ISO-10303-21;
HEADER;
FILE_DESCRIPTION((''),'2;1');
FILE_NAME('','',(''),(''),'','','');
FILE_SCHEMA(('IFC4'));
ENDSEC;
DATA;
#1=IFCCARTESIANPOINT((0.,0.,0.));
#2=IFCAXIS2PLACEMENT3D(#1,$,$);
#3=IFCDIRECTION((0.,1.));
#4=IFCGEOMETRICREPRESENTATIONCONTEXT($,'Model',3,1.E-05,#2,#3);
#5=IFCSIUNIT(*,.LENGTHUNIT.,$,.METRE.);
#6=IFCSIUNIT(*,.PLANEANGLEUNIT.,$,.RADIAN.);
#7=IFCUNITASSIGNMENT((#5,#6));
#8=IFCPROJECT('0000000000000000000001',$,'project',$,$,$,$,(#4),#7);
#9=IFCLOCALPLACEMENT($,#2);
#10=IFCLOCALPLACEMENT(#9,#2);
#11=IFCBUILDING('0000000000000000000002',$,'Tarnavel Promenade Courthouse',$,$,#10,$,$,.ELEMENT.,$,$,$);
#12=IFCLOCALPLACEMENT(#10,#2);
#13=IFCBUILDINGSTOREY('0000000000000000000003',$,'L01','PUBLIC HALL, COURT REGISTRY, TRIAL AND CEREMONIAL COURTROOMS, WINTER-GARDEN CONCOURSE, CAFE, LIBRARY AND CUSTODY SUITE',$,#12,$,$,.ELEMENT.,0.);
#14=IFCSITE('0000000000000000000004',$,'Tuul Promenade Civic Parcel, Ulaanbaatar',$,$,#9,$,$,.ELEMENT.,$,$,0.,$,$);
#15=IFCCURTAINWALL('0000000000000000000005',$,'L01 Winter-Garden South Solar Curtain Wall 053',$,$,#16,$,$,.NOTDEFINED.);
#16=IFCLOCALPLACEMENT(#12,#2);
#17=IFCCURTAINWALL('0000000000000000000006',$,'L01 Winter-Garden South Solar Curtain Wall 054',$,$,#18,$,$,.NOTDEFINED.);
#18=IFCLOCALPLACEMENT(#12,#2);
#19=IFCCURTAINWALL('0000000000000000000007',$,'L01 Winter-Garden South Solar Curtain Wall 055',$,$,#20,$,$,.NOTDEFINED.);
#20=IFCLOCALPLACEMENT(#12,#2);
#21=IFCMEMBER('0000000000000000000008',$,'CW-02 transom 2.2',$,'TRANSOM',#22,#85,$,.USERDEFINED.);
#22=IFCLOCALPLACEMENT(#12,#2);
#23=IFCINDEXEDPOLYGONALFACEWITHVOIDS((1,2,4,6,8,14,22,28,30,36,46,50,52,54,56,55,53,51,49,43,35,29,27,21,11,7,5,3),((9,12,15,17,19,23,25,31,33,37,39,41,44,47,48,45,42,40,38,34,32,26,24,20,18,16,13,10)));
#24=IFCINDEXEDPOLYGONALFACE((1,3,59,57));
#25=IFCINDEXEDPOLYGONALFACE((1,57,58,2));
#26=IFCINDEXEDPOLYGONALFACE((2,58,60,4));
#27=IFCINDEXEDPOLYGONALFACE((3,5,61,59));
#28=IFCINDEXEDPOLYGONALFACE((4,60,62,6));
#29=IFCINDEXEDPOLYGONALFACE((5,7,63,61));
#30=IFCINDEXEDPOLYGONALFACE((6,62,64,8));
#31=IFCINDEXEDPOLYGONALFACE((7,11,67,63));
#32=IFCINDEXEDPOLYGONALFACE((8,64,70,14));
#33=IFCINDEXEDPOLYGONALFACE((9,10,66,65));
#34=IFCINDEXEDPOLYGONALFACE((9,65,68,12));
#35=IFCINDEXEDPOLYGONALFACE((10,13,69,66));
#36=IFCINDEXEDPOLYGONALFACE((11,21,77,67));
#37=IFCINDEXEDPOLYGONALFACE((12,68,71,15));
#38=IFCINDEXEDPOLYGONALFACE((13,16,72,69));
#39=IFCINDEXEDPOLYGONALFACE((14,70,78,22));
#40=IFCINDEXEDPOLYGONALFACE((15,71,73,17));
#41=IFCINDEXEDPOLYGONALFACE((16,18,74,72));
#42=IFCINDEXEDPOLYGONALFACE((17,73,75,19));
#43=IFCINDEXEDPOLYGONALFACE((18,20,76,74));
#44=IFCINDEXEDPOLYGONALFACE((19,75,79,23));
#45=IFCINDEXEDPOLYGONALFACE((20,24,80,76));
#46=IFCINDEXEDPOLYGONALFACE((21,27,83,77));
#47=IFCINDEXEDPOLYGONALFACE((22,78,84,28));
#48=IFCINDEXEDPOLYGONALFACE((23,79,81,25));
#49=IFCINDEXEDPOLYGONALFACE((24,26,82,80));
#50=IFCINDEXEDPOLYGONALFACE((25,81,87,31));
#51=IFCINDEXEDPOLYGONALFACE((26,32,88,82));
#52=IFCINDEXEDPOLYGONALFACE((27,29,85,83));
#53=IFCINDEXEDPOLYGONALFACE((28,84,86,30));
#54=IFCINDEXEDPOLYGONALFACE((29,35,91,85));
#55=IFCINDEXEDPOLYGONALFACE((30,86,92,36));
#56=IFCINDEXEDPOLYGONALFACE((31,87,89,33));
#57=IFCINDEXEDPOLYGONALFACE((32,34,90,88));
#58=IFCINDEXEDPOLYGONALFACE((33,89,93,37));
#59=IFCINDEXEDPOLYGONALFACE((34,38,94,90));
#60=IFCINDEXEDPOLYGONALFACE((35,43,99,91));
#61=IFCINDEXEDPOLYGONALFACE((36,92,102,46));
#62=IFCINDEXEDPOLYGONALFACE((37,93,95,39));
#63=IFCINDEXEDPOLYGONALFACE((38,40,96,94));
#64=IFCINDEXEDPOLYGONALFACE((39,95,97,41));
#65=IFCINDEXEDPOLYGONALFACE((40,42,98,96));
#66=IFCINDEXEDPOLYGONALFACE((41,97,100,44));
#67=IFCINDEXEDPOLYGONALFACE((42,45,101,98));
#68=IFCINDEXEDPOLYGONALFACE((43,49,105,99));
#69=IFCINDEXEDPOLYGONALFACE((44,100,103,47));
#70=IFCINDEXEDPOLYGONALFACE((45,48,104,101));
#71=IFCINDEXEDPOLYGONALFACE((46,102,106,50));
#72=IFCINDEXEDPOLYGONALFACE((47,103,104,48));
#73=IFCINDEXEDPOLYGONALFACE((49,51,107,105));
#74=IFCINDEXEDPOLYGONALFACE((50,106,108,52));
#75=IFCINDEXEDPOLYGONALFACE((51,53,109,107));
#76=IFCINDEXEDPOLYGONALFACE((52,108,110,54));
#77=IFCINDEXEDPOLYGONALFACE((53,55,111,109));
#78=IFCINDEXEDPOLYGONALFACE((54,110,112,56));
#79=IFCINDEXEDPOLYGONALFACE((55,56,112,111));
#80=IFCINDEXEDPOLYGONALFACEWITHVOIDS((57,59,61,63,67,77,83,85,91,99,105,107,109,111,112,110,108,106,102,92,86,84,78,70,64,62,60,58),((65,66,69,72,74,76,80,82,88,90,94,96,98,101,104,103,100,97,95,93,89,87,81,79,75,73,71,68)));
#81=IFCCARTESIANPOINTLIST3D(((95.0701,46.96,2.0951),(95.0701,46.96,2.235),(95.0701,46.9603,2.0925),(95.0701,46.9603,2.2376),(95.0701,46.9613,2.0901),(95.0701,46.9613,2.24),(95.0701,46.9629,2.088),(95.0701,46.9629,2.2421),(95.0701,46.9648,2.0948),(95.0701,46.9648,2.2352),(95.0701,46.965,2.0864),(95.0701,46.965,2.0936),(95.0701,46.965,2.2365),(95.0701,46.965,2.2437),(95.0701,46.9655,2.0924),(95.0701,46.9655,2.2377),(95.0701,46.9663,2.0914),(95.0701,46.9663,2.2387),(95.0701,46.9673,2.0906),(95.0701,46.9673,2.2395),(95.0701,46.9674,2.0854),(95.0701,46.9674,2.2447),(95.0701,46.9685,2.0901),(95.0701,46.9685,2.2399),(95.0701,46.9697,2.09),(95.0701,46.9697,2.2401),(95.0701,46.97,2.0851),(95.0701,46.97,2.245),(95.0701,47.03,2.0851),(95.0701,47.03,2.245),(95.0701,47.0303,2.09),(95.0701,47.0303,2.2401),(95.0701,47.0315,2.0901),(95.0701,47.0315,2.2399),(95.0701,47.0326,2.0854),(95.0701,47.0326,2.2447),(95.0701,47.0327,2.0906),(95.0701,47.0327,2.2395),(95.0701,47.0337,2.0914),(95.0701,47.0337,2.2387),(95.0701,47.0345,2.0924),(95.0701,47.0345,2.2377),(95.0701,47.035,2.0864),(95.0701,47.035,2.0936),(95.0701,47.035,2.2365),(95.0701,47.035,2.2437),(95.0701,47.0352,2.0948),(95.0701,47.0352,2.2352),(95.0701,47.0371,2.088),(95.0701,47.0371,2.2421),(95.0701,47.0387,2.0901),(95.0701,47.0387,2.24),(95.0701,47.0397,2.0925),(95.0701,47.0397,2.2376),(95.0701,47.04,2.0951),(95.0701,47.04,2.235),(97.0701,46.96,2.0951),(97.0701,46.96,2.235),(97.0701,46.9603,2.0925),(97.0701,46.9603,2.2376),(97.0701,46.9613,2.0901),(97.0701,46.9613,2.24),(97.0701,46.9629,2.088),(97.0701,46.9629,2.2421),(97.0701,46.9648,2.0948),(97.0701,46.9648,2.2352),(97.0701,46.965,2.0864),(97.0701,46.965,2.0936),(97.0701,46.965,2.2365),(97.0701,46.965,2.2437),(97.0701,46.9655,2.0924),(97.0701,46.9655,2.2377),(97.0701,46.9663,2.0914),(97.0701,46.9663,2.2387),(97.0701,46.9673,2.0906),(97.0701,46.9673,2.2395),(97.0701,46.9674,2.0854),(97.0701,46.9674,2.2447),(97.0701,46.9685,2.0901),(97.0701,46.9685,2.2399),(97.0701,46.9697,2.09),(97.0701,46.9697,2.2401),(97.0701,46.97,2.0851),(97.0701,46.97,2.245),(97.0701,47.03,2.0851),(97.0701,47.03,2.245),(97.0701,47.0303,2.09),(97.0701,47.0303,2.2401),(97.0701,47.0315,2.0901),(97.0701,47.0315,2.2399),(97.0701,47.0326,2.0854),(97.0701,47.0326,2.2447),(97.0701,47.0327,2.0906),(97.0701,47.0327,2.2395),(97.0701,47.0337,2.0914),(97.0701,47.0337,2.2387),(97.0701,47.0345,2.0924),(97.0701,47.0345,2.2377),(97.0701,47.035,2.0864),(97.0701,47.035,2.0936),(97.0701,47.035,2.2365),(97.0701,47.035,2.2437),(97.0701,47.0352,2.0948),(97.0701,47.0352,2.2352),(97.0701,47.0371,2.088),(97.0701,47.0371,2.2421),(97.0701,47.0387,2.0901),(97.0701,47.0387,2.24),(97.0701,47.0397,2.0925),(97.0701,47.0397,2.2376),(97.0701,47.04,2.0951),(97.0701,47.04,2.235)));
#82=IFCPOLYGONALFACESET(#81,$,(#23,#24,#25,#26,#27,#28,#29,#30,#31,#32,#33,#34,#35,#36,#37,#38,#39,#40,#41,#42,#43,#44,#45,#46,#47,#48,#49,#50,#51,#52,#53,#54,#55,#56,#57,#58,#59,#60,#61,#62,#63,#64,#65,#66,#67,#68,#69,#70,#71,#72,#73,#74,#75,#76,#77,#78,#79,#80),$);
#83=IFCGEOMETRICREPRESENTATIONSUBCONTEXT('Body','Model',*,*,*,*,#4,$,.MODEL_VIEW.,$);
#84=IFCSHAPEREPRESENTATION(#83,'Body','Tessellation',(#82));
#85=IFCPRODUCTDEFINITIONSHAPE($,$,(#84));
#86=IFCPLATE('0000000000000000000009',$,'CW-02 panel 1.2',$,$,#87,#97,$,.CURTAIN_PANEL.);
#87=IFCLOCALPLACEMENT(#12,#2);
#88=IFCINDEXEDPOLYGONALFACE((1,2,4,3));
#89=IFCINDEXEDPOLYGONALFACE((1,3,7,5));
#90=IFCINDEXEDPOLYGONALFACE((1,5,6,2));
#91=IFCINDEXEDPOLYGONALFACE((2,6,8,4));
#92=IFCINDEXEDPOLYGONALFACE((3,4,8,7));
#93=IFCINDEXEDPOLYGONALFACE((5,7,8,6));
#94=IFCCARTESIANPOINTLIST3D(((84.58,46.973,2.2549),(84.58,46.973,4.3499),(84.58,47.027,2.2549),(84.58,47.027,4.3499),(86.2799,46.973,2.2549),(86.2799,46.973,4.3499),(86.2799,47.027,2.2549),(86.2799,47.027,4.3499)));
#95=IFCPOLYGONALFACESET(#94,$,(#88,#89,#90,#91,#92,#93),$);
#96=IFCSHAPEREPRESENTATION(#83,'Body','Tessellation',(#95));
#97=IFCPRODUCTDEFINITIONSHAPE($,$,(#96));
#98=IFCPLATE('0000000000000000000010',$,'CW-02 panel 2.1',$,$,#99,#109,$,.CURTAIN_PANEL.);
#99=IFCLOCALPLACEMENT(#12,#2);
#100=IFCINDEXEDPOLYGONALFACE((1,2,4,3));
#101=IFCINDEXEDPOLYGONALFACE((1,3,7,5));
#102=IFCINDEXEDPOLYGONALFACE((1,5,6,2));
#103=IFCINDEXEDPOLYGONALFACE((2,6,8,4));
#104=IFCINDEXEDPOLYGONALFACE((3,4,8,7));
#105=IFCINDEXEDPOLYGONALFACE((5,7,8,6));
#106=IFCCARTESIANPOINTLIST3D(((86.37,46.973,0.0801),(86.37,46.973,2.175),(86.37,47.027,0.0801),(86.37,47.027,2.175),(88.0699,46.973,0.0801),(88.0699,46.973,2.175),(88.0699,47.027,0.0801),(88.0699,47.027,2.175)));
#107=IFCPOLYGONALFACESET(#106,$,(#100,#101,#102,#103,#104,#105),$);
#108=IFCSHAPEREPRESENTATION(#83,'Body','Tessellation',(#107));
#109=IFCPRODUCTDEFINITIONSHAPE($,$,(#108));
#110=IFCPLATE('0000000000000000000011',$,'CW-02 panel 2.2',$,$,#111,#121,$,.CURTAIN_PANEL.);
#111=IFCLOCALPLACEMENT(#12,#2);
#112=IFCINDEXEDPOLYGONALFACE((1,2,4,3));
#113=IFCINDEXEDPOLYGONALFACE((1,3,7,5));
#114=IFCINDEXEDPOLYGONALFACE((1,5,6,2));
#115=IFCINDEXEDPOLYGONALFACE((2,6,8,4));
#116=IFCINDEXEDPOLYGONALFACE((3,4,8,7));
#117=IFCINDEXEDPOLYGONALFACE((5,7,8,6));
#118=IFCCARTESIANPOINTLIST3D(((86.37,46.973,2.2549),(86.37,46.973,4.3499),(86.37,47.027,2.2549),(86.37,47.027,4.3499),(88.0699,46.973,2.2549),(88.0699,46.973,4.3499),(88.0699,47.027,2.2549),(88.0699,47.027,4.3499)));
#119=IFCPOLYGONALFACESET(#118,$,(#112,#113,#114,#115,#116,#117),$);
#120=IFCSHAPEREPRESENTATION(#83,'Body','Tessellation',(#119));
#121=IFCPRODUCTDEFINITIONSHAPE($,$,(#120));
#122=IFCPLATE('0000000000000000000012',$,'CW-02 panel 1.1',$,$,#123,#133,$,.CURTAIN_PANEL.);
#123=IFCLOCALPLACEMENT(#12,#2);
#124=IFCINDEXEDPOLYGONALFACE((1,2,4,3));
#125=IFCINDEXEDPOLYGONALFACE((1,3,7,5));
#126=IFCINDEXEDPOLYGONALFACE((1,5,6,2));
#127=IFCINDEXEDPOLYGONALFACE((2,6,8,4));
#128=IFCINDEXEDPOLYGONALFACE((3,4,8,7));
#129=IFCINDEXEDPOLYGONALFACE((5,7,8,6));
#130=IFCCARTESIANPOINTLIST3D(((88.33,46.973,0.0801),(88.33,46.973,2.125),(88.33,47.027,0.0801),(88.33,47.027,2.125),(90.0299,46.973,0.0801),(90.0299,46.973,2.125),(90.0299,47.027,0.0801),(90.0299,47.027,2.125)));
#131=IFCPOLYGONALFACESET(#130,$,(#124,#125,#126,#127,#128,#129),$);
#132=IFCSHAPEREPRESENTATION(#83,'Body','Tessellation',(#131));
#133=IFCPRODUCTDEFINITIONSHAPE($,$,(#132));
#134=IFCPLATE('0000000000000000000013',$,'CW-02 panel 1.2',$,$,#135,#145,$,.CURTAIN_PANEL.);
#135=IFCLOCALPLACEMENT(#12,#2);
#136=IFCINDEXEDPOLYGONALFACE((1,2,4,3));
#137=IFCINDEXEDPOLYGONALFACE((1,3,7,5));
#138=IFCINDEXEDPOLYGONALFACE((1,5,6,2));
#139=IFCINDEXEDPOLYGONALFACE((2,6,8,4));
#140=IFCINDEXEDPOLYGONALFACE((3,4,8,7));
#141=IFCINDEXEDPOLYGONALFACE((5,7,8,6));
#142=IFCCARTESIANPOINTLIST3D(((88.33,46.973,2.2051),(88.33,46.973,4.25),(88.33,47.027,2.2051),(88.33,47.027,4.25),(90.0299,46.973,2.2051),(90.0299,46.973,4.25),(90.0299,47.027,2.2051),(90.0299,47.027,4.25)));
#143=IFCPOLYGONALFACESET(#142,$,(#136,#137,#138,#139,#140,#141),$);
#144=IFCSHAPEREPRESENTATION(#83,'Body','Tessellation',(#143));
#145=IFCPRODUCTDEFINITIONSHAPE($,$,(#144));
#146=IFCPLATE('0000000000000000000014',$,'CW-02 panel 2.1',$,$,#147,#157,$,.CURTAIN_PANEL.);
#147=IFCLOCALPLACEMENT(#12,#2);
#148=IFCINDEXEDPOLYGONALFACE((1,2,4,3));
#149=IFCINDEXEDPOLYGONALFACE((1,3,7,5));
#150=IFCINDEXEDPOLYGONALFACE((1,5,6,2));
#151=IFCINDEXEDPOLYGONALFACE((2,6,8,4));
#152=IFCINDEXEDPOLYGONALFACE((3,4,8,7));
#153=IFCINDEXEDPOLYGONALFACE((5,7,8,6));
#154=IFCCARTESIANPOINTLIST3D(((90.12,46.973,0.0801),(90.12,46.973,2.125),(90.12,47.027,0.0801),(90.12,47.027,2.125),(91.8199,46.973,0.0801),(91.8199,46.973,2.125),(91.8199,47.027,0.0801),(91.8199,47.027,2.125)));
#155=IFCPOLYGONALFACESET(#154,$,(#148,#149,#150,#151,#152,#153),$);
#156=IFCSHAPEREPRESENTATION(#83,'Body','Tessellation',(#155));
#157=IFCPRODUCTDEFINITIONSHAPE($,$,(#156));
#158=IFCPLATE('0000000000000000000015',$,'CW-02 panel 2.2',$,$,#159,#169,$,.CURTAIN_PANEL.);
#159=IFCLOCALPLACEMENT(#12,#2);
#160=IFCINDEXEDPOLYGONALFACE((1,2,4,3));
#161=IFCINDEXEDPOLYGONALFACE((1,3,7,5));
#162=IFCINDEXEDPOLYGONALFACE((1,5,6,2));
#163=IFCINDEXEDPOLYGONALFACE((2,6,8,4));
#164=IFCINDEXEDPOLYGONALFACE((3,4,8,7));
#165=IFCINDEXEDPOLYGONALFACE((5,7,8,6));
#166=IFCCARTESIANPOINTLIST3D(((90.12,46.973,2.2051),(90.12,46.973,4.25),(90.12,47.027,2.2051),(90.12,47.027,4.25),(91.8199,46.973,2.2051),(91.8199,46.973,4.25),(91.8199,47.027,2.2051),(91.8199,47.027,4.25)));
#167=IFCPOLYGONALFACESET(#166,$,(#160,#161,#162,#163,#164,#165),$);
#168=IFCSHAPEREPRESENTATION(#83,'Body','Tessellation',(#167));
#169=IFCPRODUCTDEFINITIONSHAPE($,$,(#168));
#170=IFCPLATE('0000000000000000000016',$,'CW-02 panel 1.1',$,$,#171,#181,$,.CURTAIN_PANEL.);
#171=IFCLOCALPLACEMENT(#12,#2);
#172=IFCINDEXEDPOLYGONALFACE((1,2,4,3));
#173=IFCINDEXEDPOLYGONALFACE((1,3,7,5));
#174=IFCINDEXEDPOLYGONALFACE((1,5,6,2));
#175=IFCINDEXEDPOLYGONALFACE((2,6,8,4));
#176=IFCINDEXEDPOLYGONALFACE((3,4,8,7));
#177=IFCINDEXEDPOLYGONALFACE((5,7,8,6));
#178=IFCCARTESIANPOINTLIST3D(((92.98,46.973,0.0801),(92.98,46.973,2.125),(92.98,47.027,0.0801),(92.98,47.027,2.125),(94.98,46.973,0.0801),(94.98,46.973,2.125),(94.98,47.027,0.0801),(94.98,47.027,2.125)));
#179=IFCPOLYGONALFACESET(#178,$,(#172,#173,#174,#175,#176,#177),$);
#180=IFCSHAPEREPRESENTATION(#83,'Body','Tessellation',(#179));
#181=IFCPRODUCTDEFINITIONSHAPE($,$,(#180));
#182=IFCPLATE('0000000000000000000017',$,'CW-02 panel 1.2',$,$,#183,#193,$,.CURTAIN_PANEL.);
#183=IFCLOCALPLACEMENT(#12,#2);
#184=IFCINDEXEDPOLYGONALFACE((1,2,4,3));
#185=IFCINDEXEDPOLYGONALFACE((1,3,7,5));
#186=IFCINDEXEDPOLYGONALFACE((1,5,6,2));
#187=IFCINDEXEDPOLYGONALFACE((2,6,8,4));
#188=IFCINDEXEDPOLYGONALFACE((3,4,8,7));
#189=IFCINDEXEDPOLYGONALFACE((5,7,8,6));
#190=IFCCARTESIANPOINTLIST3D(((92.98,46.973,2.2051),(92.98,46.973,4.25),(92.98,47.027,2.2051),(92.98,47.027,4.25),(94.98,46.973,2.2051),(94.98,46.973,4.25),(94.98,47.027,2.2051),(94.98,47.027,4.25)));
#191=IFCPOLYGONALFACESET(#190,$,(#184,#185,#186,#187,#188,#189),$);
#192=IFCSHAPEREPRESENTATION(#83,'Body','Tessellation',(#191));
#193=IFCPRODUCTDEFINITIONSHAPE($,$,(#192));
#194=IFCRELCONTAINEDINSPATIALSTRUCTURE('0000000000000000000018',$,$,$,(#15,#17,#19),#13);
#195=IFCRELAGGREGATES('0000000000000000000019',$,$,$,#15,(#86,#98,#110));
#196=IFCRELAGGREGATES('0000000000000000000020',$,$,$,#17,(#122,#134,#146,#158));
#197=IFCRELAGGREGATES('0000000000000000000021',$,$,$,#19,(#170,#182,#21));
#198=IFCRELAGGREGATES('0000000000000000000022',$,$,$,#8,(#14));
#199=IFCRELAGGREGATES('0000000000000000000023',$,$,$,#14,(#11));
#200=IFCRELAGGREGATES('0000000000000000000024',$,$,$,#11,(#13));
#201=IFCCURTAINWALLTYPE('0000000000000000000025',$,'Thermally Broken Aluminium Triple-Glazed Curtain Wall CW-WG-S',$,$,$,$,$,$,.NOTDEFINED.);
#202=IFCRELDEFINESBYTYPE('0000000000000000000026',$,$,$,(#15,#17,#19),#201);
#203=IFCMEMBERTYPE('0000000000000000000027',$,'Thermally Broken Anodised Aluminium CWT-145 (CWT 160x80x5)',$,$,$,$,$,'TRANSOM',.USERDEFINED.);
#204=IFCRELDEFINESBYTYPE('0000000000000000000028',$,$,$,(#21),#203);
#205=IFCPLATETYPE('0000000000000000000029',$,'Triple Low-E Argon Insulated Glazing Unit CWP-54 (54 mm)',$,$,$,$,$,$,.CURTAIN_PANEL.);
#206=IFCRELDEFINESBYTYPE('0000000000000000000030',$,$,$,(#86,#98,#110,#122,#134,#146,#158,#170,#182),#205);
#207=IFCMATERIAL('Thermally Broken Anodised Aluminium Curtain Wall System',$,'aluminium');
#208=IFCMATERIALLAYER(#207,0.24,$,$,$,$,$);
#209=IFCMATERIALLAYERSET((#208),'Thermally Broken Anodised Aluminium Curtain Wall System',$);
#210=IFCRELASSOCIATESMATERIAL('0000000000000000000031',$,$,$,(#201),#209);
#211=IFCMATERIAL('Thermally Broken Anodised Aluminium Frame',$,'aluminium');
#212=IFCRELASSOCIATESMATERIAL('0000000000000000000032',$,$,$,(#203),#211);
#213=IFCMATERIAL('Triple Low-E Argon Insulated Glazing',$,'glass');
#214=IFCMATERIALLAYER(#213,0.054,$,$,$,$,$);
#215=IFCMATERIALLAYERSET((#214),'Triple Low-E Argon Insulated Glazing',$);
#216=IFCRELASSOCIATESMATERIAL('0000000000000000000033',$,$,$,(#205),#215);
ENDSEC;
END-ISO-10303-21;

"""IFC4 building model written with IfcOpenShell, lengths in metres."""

from ifc_helpers import new_model, si_unit, direction, frame, origin, origin_2d, place, context, subcontext, project, spatial, rectangle, hollow_rectangle, extrude, material, layer, layer_set, material_profile, profile_set, type_object, element, aggregate, save


model = new_model("IFC4")

# Units and contexts
model_context = context("Model", 3, precision=1e-05, world=origin(), true_north=direction((0.0, 1.0)))
body_context = subcontext(model_context, "Body", "Model", "MODEL_VIEW")
ifc_project = project(units=[si_unit("LENGTHUNIT", "METRE"), si_unit("PLANEANGLEUNIT", "RADIAN")], contexts=[model_context])

# Site, building, storey
site_placement = place(None, origin())
site = spatial("IfcSite", under=ifc_project, at=site_placement, Name="Tuul Promenade Civic Parcel, Ulaanbaatar", CompositionType="ELEMENT", RefElevation=0.0)
building_placement = place(site_placement, origin())
building = spatial("IfcBuilding", under=site, at=building_placement, Name="Tarnavel Promenade Courthouse", CompositionType="ELEMENT")
storey_placement = place(building_placement, origin())
storey = spatial("IfcBuildingStorey", under=building, at=storey_placement, Name="L01", Description="PUBLIC HALL, COURT REGISTRY, TRIAL AND CEREMONIAL COURTROOMS, WINTER-GARDEN CONCOURSE, CAFE, LIBRARY AND CUSTODY SUITE", CompositionType="ELEMENT", Elevation=0.0)

# Curtain walls
ifc_material_1 = material(Name="Thermally Broken Anodised Aluminium Curtain Wall System", Category="aluminium")
ifc_layer_1 = layer(ifc_material_1, 0.24)
ifc_layer_set_1 = layer_set([ifc_layer_1], Name="Thermally Broken Anodised Aluminium Curtain Wall System")
curtain_wall_type = type_object("IfcCurtainWallType", Name="Thermally Broken Aluminium Triple-Glazed Curtain Wall CW-WG-S", PredefinedType="NOTDEFINED", material=ifc_layer_set_1)
curtain_wall_1_placement = place(storey_placement, origin())
curtain_wall_1 = element("IfcCurtainWall", 1, at=curtain_wall_1_placement, inside=storey, type_object=curtain_wall_type, Name="L01 Winter-Garden South Solar Curtain Wall 053", PredefinedType="NOTDEFINED")
ifc_material_2 = material(Name="Thermally Broken Anodised Aluminium Frame", Category="aluminium")
curtain_wall_2_placement = place(storey_placement, origin())
curtain_wall_2 = element("IfcCurtainWall", 2, at=curtain_wall_2_placement, inside=storey, type_object=curtain_wall_type, Name="L01 Winter-Garden South Solar Curtain Wall 054", PredefinedType="NOTDEFINED")
curtain_wall_3_placement = place(storey_placement, origin())
curtain_wall_3 = element("IfcCurtainWall", 3, at=curtain_wall_3_placement, inside=storey, type_object=curtain_wall_type, Name="L01 Winter-Garden South Solar Curtain Wall 055", PredefinedType="NOTDEFINED")

# Member
ifc_material_profile_1 = material_profile(ifc_material_2, hollow_rectangle(XDim=0.0801, YDim=0.1599, WallThickness=0.0049, InnerFilletRadius=0.0049, OuterFilletRadius=0.01, at=origin_2d()), Name="CWT 160x80x5")
ifc_profile_set_1 = profile_set([ifc_material_profile_1], Name="Thermally Broken Anodised Aluminium Frame")
member_type_1 = type_object("IfcMemberType", Name="Thermally Broken Anodised Aluminium CWT-145 (CWT 160x80x5)", ElementType="TRANSOM", PredefinedType="USERDEFINED", material=ifc_profile_set_1)
member_1_placement = place(storey_placement, frame((95.0701, 47.0, 2.165), z_axis=(1.0, 0.0, 0.0), x_axis=(0.0, 1.0, 0.0)))
member_1 = element("IfcMember", 4, at=member_1_placement, type_object=member_type_1, Name="CW-02 transom 2.2", ObjectType="TRANSOM", PredefinedType="USERDEFINED", context=body_context, shape_type="SweptSolid", body=[
    extrude(hollow_rectangle(XDim=0.0801, YDim=0.1599, WallThickness=0.0049, InnerFilletRadius=0.0049, OuterFilletRadius=0.01, at=origin_2d()), origin(), (0.0, 0.0, 1.0), 2.0),
])

# Plates
ifc_material_3 = material(Name="Triple Low-E Argon Insulated Glazing", Category="glass")
ifc_layer_2 = layer(ifc_material_3, 0.054)
ifc_layer_set_2 = layer_set([ifc_layer_2], Name="Triple Low-E Argon Insulated Glazing")
plate_type = type_object("IfcPlateType", Name="Triple Low-E Argon Insulated Glazing Unit CWP-54 (54 mm)", PredefinedType="CURTAIN_PANEL", material=ifc_layer_set_2)
plate_1_placement = place(storey_placement, frame((85.4299, 47.0, 2.2549), z_axis=(0.0, 0.0, 1.0), x_axis=(1.0, 0.0, 0.0)))
plate_1 = element("IfcPlate", 5, at=plate_1_placement, type_object=plate_type, Name="CW-02 panel 1.2", PredefinedType="CURTAIN_PANEL", context=body_context, shape_type="SweptSolid", body=[
    extrude(rectangle(XDim=1.7, YDim=0.054, at=origin_2d()), origin(), (0.0, 0.0, 1.0), 2.095),
])
plate_2_placement = place(storey_placement, frame((87.22, 47.0, 0.0801), z_axis=(0.0, 0.0, 1.0), x_axis=(1.0, 0.0, 0.0)))
plate_2 = element("IfcPlate", 6, at=plate_2_placement, type_object=plate_type, Name="CW-02 panel 2.1", PredefinedType="CURTAIN_PANEL", context=body_context, shape_type="SweptSolid", body=[
    extrude(rectangle(XDim=1.7, YDim=0.054, at=origin_2d()), origin(), (0.0, 0.0, 1.0), 2.095),
])
plate_3_placement = place(storey_placement, frame((87.22, 47.0, 2.2549), z_axis=(0.0, 0.0, 1.0), x_axis=(1.0, 0.0, 0.0)))
plate_3 = element("IfcPlate", 7, at=plate_3_placement, type_object=plate_type, Name="CW-02 panel 2.2", PredefinedType="CURTAIN_PANEL", context=body_context, shape_type="SweptSolid", body=[
    extrude(rectangle(XDim=1.7, YDim=0.054, at=origin_2d()), origin(), (0.0, 0.0, 1.0), 2.095),
])
aggregate(curtain_wall_1, [plate_1, plate_2, plate_3])
plate_4_placement = place(storey_placement, frame((89.1799, 47.0, 0.0801), z_axis=(0.0, 0.0, 1.0), x_axis=(1.0, 0.0, 0.0)))
plate_4 = element("IfcPlate", 8, at=plate_4_placement, type_object=plate_type, Name="CW-02 panel 1.1", PredefinedType="CURTAIN_PANEL", context=body_context, shape_type="SweptSolid", body=[
    extrude(rectangle(XDim=1.7, YDim=0.054, at=origin_2d()), origin(), (0.0, 0.0, 1.0), 2.0449),
])
plate_5_placement = place(storey_placement, frame((89.1799, 47.0, 2.2051), z_axis=(0.0, 0.0, 1.0), x_axis=(1.0, 0.0, 0.0)))
plate_5 = element("IfcPlate", 9, at=plate_5_placement, type_object=plate_type, Name="CW-02 panel 1.2", PredefinedType="CURTAIN_PANEL", context=body_context, shape_type="SweptSolid", body=[
    extrude(rectangle(XDim=1.7, YDim=0.054, at=origin_2d()), origin(), (0.0, 0.0, 1.0), 2.0449),
])
plate_6_placement = place(storey_placement, frame((90.97, 47.0, 0.0801), z_axis=(0.0, 0.0, 1.0), x_axis=(1.0, 0.0, 0.0)))
plate_6 = element("IfcPlate", 10, at=plate_6_placement, type_object=plate_type, Name="CW-02 panel 2.1", PredefinedType="CURTAIN_PANEL", context=body_context, shape_type="SweptSolid", body=[
    extrude(rectangle(XDim=1.7, YDim=0.054, at=origin_2d()), origin(), (0.0, 0.0, 1.0), 2.0449),
])
plate_7_placement = place(storey_placement, frame((90.97, 47.0, 2.2051), z_axis=(0.0, 0.0, 1.0), x_axis=(1.0, 0.0, 0.0)))
plate_7 = element("IfcPlate", 11, at=plate_7_placement, type_object=plate_type, Name="CW-02 panel 2.2", PredefinedType="CURTAIN_PANEL", context=body_context, shape_type="SweptSolid", body=[
    extrude(rectangle(XDim=1.7, YDim=0.054, at=origin_2d()), origin(), (0.0, 0.0, 1.0), 2.0449),
])
aggregate(curtain_wall_2, [plate_4, plate_5, plate_6, plate_7])
plate_8_placement = place(storey_placement, frame((93.98, 47.0, 0.0801), z_axis=(0.0, 0.0, 1.0), x_axis=(1.0, 0.0, 0.0)))
plate_8 = element("IfcPlate", 12, at=plate_8_placement, type_object=plate_type, Name="CW-02 panel 1.1", PredefinedType="CURTAIN_PANEL", context=body_context, shape_type="SweptSolid", body=[
    extrude(rectangle(XDim=2.0, YDim=0.054, at=origin_2d()), origin(), (0.0, 0.0, 1.0), 2.0449),
])
plate_9_placement = place(storey_placement, frame((93.98, 47.0, 2.2051), z_axis=(0.0, 0.0, 1.0), x_axis=(1.0, 0.0, 0.0)))
plate_9 = element("IfcPlate", 13, at=plate_9_placement, type_object=plate_type, Name="CW-02 panel 1.2", PredefinedType="CURTAIN_PANEL", context=body_context, shape_type="SweptSolid", body=[
    extrude(rectangle(XDim=2.0, YDim=0.054, at=origin_2d()), origin(), (0.0, 0.0, 1.0), 2.0449),
])
aggregate(curtain_wall_3, [plate_8, plate_9, member_1])

save(model, "model.ifc")
